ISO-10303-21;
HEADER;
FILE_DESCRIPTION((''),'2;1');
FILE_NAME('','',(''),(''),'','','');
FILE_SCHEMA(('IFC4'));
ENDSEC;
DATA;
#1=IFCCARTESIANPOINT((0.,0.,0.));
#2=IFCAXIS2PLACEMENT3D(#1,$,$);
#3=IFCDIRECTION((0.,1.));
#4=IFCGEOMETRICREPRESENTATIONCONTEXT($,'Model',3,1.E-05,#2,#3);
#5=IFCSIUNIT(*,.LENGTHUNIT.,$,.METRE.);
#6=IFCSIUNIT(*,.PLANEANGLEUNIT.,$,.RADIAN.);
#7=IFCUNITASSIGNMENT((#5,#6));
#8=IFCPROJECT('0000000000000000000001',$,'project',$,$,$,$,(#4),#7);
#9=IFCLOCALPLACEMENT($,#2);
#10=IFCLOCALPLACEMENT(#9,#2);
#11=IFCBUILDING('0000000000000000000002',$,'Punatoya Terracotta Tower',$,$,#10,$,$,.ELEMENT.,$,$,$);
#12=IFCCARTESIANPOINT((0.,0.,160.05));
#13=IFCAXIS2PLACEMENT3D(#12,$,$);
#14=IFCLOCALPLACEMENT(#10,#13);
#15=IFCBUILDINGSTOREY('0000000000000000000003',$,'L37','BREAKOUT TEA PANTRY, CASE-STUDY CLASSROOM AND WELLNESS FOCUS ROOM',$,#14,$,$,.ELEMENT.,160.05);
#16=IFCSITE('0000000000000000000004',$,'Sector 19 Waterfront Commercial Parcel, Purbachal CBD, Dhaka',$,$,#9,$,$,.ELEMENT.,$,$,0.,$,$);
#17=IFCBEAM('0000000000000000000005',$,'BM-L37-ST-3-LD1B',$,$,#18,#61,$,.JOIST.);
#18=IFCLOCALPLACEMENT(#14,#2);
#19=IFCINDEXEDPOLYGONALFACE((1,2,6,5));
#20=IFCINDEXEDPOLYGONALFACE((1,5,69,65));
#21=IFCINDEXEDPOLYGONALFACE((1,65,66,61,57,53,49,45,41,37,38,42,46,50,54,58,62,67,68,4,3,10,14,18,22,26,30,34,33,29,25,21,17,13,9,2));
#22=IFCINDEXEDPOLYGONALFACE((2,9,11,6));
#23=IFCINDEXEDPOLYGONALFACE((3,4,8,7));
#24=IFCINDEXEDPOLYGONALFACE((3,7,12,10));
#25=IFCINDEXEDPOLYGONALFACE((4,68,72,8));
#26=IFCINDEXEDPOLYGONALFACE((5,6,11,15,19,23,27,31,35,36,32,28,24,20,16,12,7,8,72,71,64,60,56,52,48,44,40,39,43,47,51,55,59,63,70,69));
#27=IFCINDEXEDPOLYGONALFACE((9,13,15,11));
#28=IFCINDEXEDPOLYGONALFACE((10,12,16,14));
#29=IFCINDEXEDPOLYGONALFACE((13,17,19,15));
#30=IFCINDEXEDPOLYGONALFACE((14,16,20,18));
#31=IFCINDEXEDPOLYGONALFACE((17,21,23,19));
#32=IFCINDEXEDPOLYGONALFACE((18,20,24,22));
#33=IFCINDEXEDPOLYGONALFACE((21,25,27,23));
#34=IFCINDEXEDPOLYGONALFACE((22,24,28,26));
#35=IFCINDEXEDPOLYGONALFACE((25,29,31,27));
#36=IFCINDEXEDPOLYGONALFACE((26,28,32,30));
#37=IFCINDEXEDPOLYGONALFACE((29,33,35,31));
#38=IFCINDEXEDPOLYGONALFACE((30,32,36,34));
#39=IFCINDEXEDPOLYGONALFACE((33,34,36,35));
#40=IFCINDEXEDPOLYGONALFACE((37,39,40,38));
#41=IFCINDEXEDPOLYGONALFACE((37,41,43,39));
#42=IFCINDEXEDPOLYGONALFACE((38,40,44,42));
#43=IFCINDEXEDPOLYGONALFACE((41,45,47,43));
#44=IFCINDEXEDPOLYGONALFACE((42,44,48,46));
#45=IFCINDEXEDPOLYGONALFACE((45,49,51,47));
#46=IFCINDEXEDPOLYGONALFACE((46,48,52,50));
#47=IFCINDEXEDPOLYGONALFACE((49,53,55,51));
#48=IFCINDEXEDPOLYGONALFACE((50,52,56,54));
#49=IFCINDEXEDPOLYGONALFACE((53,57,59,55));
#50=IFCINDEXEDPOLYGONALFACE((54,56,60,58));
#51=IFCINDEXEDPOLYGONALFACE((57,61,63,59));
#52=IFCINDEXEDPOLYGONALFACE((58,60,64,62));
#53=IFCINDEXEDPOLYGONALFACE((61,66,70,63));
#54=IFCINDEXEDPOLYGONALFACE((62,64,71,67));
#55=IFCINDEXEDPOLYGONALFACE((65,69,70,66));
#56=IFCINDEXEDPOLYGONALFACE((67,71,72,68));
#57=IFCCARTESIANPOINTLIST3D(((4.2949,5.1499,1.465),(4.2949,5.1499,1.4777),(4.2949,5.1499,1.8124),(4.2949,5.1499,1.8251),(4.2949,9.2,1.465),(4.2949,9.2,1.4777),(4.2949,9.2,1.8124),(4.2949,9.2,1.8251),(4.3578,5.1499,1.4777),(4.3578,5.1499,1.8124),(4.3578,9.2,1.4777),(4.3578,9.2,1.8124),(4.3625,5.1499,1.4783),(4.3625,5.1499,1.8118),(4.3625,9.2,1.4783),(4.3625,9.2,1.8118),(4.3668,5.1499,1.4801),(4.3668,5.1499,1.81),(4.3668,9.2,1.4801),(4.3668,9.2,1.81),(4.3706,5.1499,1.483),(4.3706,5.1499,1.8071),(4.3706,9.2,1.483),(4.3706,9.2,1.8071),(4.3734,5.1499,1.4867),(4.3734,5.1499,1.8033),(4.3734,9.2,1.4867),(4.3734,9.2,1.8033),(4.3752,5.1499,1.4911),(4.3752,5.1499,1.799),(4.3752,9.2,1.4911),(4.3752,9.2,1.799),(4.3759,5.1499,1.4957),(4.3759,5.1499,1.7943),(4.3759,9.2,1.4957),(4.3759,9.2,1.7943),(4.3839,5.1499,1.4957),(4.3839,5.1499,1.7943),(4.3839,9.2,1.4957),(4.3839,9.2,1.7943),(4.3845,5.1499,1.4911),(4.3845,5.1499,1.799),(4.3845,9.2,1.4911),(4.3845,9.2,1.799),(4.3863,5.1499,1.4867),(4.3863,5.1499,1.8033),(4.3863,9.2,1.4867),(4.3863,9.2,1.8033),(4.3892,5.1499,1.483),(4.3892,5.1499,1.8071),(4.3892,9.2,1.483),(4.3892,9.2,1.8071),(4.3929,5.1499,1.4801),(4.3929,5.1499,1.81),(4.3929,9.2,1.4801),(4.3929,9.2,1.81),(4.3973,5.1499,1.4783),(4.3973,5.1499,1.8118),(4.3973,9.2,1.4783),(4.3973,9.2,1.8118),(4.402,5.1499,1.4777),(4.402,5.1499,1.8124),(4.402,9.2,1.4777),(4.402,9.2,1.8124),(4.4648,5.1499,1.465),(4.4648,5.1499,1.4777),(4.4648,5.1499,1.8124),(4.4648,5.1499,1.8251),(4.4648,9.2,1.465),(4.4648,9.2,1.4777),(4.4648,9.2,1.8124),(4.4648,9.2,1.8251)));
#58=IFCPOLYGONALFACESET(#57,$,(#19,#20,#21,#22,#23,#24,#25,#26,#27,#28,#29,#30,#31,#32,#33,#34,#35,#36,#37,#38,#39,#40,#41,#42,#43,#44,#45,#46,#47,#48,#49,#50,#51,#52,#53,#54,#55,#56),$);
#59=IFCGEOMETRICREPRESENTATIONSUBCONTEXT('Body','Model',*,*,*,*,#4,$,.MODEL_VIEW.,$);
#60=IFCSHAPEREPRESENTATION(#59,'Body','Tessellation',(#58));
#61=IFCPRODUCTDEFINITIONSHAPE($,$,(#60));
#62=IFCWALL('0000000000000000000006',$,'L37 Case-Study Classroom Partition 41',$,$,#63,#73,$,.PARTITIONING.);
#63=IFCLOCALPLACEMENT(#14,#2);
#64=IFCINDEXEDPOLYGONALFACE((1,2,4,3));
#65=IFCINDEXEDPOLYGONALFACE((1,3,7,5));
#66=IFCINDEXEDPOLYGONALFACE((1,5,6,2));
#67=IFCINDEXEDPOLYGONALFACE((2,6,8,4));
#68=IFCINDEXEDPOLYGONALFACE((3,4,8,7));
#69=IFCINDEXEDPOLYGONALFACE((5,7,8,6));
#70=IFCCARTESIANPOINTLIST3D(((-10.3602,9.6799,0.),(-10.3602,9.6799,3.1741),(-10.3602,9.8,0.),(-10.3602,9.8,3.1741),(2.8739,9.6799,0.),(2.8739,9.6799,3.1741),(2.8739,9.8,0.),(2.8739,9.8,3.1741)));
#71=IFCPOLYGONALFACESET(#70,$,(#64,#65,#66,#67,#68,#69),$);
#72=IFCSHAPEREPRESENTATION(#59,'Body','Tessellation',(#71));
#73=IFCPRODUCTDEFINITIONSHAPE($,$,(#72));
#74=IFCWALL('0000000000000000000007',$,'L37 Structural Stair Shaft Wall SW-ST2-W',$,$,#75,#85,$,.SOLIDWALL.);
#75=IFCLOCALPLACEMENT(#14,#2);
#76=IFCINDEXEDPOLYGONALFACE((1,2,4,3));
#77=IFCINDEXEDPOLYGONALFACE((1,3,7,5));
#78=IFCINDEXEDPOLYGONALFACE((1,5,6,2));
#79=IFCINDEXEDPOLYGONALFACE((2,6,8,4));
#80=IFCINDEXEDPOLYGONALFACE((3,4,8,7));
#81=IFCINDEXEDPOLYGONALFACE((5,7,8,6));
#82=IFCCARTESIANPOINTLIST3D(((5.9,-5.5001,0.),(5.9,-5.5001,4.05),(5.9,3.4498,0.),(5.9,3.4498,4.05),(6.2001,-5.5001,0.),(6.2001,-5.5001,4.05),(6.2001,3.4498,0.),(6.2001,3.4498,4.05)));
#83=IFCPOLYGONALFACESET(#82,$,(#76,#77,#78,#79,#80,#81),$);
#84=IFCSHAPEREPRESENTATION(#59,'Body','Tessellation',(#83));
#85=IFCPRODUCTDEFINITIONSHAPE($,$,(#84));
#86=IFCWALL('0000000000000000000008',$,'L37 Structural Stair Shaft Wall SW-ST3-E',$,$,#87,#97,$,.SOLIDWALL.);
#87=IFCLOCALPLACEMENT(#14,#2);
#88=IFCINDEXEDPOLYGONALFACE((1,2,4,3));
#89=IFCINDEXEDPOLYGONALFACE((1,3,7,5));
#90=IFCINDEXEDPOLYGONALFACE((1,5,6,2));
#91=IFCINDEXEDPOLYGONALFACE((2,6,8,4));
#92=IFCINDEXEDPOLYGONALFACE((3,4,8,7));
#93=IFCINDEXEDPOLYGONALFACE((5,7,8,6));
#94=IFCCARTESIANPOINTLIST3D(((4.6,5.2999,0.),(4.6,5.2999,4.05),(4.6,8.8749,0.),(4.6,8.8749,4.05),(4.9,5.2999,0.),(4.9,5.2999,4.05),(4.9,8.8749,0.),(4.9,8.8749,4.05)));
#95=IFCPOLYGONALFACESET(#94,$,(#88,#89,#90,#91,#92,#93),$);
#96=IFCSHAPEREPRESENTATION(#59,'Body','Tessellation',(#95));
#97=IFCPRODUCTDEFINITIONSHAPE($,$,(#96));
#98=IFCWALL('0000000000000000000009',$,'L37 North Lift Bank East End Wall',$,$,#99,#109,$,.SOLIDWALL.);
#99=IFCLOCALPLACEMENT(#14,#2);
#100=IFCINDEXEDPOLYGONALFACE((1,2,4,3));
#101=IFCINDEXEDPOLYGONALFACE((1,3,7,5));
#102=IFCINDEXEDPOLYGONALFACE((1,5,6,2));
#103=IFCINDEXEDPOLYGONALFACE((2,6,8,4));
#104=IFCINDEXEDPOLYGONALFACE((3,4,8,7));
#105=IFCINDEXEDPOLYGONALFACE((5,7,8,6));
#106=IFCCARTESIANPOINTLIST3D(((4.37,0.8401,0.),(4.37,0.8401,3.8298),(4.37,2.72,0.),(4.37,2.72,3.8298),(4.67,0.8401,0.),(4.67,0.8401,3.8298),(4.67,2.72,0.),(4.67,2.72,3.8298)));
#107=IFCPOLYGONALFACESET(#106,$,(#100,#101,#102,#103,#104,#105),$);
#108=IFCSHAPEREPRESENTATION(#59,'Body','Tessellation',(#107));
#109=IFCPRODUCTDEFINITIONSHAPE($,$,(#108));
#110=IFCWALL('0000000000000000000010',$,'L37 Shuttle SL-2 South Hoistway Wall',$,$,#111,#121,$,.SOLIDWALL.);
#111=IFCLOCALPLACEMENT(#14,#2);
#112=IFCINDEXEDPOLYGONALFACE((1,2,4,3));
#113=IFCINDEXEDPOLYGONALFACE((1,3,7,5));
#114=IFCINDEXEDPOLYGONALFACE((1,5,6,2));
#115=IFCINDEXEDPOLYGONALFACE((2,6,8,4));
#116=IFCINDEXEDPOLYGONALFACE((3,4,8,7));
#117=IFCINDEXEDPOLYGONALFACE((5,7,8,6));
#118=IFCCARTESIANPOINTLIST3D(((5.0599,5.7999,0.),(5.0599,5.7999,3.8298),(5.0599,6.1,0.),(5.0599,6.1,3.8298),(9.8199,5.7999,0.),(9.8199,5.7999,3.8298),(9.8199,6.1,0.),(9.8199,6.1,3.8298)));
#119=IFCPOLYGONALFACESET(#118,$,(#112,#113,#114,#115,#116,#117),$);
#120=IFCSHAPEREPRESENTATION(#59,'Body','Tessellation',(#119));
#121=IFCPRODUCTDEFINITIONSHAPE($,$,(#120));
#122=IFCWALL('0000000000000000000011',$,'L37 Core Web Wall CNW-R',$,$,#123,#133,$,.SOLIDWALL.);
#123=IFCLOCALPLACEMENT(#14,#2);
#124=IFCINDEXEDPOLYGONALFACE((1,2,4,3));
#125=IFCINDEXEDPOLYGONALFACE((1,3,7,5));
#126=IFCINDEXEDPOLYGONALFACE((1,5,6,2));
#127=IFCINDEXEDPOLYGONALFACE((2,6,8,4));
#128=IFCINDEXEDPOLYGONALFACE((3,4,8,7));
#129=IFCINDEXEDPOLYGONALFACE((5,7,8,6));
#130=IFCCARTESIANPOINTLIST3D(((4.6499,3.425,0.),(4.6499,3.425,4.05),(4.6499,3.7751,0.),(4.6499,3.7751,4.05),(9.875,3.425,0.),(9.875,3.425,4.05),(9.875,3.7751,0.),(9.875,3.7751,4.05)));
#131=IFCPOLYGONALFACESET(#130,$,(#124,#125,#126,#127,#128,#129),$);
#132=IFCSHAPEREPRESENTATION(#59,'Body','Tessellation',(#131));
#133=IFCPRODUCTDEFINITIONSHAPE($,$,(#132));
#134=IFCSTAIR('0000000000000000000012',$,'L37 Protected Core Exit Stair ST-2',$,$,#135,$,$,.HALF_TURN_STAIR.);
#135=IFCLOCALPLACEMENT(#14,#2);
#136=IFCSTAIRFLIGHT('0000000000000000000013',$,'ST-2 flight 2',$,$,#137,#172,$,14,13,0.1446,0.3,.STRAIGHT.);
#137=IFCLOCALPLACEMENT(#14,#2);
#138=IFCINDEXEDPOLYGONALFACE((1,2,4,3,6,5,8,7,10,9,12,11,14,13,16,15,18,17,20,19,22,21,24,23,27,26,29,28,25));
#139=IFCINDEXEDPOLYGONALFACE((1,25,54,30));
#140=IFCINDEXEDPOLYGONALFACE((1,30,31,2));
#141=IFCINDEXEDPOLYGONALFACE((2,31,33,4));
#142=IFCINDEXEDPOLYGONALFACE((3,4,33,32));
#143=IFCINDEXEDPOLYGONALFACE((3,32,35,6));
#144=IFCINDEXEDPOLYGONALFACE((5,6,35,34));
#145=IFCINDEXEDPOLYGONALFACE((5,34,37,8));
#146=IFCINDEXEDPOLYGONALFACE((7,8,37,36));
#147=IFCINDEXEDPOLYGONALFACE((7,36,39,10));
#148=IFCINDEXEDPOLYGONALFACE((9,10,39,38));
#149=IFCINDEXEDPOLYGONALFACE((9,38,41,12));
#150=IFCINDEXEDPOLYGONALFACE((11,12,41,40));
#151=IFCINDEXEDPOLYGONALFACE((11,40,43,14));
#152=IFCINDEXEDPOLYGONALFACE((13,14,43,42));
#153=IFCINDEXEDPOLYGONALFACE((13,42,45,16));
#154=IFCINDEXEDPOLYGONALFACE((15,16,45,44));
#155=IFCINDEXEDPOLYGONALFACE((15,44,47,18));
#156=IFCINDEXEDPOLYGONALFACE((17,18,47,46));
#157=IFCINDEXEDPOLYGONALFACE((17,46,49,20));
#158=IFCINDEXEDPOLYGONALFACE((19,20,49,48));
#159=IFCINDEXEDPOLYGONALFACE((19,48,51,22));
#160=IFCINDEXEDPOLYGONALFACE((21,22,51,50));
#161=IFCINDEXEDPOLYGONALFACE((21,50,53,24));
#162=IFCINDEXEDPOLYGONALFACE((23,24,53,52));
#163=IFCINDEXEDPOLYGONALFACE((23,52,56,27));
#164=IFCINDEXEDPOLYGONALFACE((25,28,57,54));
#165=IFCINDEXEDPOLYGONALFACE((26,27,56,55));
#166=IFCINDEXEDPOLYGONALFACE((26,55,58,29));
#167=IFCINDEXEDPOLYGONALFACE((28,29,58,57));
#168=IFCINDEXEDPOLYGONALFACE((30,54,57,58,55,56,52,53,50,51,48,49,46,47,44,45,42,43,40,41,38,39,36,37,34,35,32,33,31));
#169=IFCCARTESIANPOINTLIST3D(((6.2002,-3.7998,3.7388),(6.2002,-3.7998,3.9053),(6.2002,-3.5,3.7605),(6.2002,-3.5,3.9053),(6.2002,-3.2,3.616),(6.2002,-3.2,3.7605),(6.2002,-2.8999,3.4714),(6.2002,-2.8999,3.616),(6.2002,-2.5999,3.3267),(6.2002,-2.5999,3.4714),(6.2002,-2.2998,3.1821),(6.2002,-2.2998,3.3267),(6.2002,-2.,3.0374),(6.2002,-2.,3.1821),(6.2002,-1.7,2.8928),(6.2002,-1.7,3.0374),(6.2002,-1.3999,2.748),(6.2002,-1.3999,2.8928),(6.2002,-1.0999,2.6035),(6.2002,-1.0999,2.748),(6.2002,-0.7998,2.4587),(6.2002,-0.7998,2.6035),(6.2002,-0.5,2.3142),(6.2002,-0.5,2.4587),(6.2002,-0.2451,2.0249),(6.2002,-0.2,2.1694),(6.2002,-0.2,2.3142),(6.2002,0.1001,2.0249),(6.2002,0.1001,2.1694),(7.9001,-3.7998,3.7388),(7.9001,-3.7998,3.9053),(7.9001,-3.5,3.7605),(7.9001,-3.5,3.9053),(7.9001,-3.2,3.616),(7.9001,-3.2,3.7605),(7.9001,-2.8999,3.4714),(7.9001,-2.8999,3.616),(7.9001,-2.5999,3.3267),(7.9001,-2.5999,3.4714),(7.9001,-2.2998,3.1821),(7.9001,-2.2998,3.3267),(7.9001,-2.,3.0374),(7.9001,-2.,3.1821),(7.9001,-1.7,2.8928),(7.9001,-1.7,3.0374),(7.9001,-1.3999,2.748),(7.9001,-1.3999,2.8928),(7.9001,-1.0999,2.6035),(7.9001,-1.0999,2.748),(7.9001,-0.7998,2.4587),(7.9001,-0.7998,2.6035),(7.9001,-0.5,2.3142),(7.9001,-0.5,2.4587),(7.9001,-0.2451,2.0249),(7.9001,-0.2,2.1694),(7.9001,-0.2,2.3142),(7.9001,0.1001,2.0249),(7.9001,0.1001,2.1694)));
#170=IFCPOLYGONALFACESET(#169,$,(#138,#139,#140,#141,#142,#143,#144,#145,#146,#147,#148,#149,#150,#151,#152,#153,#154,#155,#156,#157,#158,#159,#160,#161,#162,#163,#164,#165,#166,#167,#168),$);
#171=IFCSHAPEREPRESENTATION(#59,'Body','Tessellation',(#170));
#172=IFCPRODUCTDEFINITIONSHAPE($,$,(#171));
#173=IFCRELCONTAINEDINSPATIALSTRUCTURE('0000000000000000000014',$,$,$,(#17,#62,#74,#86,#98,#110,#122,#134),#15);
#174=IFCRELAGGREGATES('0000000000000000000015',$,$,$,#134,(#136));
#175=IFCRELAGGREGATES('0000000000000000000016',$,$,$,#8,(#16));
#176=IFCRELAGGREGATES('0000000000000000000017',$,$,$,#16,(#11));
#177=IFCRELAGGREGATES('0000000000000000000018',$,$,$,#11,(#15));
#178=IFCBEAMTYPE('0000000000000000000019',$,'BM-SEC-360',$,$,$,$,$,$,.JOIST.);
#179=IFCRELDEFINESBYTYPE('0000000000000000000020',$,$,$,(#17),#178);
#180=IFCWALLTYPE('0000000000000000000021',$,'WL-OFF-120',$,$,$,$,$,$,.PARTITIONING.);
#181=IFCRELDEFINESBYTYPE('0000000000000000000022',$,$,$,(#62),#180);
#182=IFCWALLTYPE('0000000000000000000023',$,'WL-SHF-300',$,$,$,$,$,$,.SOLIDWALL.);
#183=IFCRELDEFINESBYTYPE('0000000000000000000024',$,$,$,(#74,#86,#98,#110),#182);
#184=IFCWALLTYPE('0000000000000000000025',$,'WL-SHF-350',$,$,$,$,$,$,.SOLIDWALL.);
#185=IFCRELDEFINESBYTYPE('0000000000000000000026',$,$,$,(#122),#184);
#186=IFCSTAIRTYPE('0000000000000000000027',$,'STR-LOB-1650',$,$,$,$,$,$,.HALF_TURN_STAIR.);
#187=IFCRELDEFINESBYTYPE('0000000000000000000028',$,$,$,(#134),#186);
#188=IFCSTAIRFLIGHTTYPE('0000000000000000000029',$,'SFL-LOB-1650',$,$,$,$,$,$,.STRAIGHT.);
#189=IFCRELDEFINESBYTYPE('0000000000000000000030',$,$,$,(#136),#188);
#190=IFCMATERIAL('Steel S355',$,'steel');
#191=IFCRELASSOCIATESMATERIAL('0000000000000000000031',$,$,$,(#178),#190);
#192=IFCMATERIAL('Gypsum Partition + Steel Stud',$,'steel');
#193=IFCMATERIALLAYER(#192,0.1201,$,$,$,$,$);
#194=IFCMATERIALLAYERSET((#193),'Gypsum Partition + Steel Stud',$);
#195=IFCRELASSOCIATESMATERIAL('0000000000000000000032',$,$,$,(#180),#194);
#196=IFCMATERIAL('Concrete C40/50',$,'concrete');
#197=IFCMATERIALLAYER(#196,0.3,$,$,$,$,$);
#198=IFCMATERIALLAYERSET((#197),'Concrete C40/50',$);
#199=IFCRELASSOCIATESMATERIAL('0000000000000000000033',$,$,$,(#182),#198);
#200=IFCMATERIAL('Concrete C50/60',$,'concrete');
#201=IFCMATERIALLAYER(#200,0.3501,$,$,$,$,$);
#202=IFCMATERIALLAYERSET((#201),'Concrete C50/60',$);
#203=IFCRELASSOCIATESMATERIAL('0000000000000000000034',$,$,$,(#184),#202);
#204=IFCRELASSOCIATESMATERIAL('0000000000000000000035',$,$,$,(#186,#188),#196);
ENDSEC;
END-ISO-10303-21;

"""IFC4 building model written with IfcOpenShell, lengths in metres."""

from ifc_helpers import new_model, si_unit, direction, frame, frame_2d, origin, origin_2d, place, context, subcontext, project, spatial, polyline, rectangle, i_section, outline, extrude, material, layer, layer_set, material_profile, profile_set, type_object, element, aggregate, save


model = new_model("IFC4")

# Units and contexts
model_context = context("Model", 3, precision=1e-05, world=origin(), true_north=direction((0.0, 1.0)))
body_context = subcontext(model_context, "Body", "Model", "MODEL_VIEW")
ifc_project = project(units=[si_unit("LENGTHUNIT", "METRE"), si_unit("PLANEANGLEUNIT", "RADIAN")], contexts=[model_context])

# Site, building, storey
site_placement = place(None, origin())
site = spatial("IfcSite", under=ifc_project, at=site_placement, Name="Sector 19 Waterfront Commercial Parcel, Purbachal CBD, Dhaka", CompositionType="ELEMENT", RefElevation=0.0)
building_placement = place(site_placement, origin())
building = spatial("IfcBuilding", under=site, at=building_placement, Name="Punatoya Terracotta Tower", CompositionType="ELEMENT")
storey_placement = place(building_placement, frame((0.0, 0.0, 160.05)))
storey = spatial("IfcBuildingStorey", under=building, at=storey_placement, Name="L37", Description="BREAKOUT TEA PANTRY, CASE-STUDY CLASSROOM AND WELLNESS FOCUS ROOM", CompositionType="ELEMENT", Elevation=160.05)

# Beam
ifc_material_1 = material(Name="Steel S355", Category="steel")
ifc_material_profile_1 = material_profile(ifc_material_1, i_section(OverallWidth=0.1699, OverallDepth=0.3601, WebThickness=0.0081, FlangeThickness=0.0127, FilletRadius=0.0181, at=origin_2d()))
ifc_profile_set_1 = profile_set([ifc_material_profile_1], Name="Steel S355")
beam_type_1 = type_object("IfcBeamType", Name="BM-SEC-360", PredefinedType="JOIST", material=ifc_profile_set_1)
for number, where, z_axis, x_axis, name in (
    (1, (4.3799, 5.1499, 1.645), (0.0, 1.0, 0.0), (-1.0, 0.0, 0.0), "BM-L37-ST-3-LD1B"),
):
    element("IfcBeam", number, at=place(storey_placement, frame(where, z_axis=z_axis, x_axis=x_axis)), inside=storey, type_object=beam_type_1, Name=name, PredefinedType="JOIST", context=body_context, shape_type="SweptSolid", body=[
        extrude(i_section(OverallWidth=0.1699, OverallDepth=0.3601, WebThickness=0.0081, FlangeThickness=0.0127, FilletRadius=0.0181, at=origin_2d()), origin(), (0.0, 0.0, 1.0), 4.05),
    ])

# Walls
ifc_material_2 = material(Name="Gypsum Partition + Steel Stud", Category="steel")
ifc_layer_1 = layer(ifc_material_2, 0.1201)
ifc_layer_set_1 = layer_set([ifc_layer_1], Name="Gypsum Partition + Steel Stud")
wall_type_1 = type_object("IfcWallType", Name="WL-OFF-120", PredefinedType="PARTITIONING", material=ifc_layer_set_1)
wall_1_placement = place(storey_placement, frame((2.874, 9.74, 0.0), z_axis=(0.0, 0.0, 1.0), x_axis=(-1.0, 0.0, 0.0)))
element("IfcWall", 2, at=wall_1_placement, inside=storey, type_object=wall_type_1, Name="L37 Case-Study Classroom Partition 41", PredefinedType="PARTITIONING", context=body_context, shape_type="SweptSolid", body=[
    extrude(rectangle(XDim=13.2341, YDim=0.1201, at=frame_2d((6.6172, 0.0))), origin(), (0.0, 0.0, 1.0), 3.1741),
])
ifc_material_3 = material(Name="Concrete C40/50", Category="concrete")
ifc_layer_2 = layer(ifc_material_3, 0.3)
ifc_layer_set_2 = layer_set([ifc_layer_2], Name="Concrete C40/50")
wall_type_2 = type_object("IfcWallType", Name="WL-SHF-300", PredefinedType="SOLIDWALL", material=ifc_layer_set_2)
wall_2_placement = place(storey_placement, frame((6.05, 3.45, 0.0), z_axis=(0.0, 0.0, 1.0), x_axis=(0.0, -1.0, 0.0)))
element("IfcWall", 3, at=wall_2_placement, inside=storey, type_object=wall_type_2, Name="L37 Structural Stair Shaft Wall SW-ST2-W", PredefinedType="SOLIDWALL", context=body_context, shape_type="SweptSolid", body=[
    extrude(rectangle(XDim=8.95, YDim=0.3, at=frame_2d((4.4751, 0.0))), origin(), (0.0, 0.0, 1.0), 4.05),
])
wall_3_placement = place(storey_placement, frame((4.75, 8.875, 0.0), z_axis=(0.0, 0.0, 1.0), x_axis=(0.0, -1.0, 0.0)))
element("IfcWall", 4, at=wall_3_placement, inside=storey, type_object=wall_type_2, Name="L37 Structural Stair Shaft Wall SW-ST3-E", PredefinedType="SOLIDWALL", context=body_context, shape_type="SweptSolid", body=[
    extrude(rectangle(XDim=3.575, YDim=0.3, at=frame_2d((1.7876, 0.0))), origin(), (0.0, 0.0, 1.0), 4.05),
])
wall_4_placement = place(storey_placement, frame((4.52, 0.8401, 0.0), z_axis=(0.0, 0.0, 1.0), x_axis=(0.0, 1.0, 0.0)))
element("IfcWall", 5, at=wall_4_placement, inside=storey, type_object=wall_type_2, Name="L37 North Lift Bank East End Wall", PredefinedType="SOLIDWALL", context=body_context, shape_type="SweptSolid", body=[
    extrude(rectangle(XDim=1.8799, YDim=0.3, at=frame_2d((0.9399, 0.0))), origin(), (0.0, 0.0, 1.0), 3.8298),
])
wall_5_placement = place(storey_placement, frame((5.0601, 5.95, 0.0), z_axis=(0.0, 0.0, 1.0), x_axis=(1.0, 0.0, 0.0)))
element("IfcWall", 6, at=wall_5_placement, inside=storey, type_object=wall_type_2, Name="L37 Shuttle SL-2 South Hoistway Wall", PredefinedType="SOLIDWALL", context=body_context, shape_type="SweptSolid", body=[
    extrude(rectangle(XDim=4.76, YDim=0.3, at=frame_2d((2.3799, 0.0))), origin(), (0.0, 0.0, 1.0), 3.8298),
])
ifc_material_4 = material(Name="Concrete C50/60", Category="concrete")
ifc_layer_3 = layer(ifc_material_4, 0.3501)
ifc_layer_set_3 = layer_set([ifc_layer_3], Name="Concrete C50/60")
wall_type_3 = type_object("IfcWallType", Name="WL-SHF-350", PredefinedType="SOLIDWALL", material=ifc_layer_set_3)
wall_6_placement = place(storey_placement, frame((4.6499, 3.6001, 0.0), z_axis=(0.0, 0.0, 1.0), x_axis=(1.0, 0.0, 0.0)))
element("IfcWall", 7, at=wall_6_placement, inside=storey, type_object=wall_type_3, Name="L37 Core Web Wall CNW-R", PredefinedType="SOLIDWALL", context=body_context, shape_type="SweptSolid", body=[
    extrude(rectangle(XDim=5.2251, YDim=0.3501, at=frame_2d((2.6125, 0.0))), origin(), (0.0, 0.0, 1.0), 4.05),
])

# Stair, stair flight
stair_type_1 = type_object("IfcStairType", Name="STR-LOB-1650", PredefinedType="HALF_TURN_STAIR", material=ifc_material_3)
stair_1_placement = place(storey_placement, origin())
stair_1 = element("IfcStair", 8, at=stair_1_placement, inside=storey, type_object=stair_type_1, Name="L37 Protected Core Exit Stair ST-2", PredefinedType="HALF_TURN_STAIR")
stair_flight_type_1 = type_object("IfcStairFlightType", Name="SFL-LOB-1650", PredefinedType="STRAIGHT", material=ifc_material_3)
stair_flight_1_placement = place(storey_placement, frame((7.05, 0.1001, 2.0249), z_axis=(0.0, 0.0, 1.0), x_axis=(0.0, -1.0, 0.0)))
stair_flight_1 = element("IfcStairFlight", 9, at=stair_flight_1_placement, type_object=stair_flight_type_1, Name="ST-2 flight 2", NumberOfRisers=14, NumberOfTreads=13, PredefinedType="STRAIGHT", RiserHeight=0.1446, TreadLength=0.3, context=body_context, shape_type="SweptSolid", body=[
    extrude(outline(polyline([(0.0, 0.0), (0.0, 0.1445), (0.3, 0.1445), (0.3, 0.2893), (0.6001, 0.2893), (0.6001, 0.4338), (0.8999, 0.4338), (0.8999, 0.5786), (1.2, 0.5786), (1.2, 0.7231), (1.5, 0.7231), (1.5, 0.8679), (1.8, 0.8679), (1.8, 1.0125), (2.1001, 1.0125), (2.1001, 1.1572), (2.3999, 1.1572), (2.3999, 1.3018), (2.7, 1.3018), (2.7, 1.4465), (3.0, 1.4465), (3.0, 1.5911), (3.3, 1.5911), (3.3, 1.7356), (3.6001, 1.7356), (3.6001, 1.8804), (3.8999, 1.8804), (3.8999, 2.0249), (3.8999, 1.7139), (0.3452, 0.0), (0.0, 0.0)])), frame((0.0, 0.8501, 0.0), z_axis=(0.0, -1.0, 0.0), x_axis=(1.0, 0.0, 0.0)), (0.0, 0.0, 1.0), 1.7),
])
aggregate(stair_1, [stair_flight_1])

save(model, "model.ifc")
